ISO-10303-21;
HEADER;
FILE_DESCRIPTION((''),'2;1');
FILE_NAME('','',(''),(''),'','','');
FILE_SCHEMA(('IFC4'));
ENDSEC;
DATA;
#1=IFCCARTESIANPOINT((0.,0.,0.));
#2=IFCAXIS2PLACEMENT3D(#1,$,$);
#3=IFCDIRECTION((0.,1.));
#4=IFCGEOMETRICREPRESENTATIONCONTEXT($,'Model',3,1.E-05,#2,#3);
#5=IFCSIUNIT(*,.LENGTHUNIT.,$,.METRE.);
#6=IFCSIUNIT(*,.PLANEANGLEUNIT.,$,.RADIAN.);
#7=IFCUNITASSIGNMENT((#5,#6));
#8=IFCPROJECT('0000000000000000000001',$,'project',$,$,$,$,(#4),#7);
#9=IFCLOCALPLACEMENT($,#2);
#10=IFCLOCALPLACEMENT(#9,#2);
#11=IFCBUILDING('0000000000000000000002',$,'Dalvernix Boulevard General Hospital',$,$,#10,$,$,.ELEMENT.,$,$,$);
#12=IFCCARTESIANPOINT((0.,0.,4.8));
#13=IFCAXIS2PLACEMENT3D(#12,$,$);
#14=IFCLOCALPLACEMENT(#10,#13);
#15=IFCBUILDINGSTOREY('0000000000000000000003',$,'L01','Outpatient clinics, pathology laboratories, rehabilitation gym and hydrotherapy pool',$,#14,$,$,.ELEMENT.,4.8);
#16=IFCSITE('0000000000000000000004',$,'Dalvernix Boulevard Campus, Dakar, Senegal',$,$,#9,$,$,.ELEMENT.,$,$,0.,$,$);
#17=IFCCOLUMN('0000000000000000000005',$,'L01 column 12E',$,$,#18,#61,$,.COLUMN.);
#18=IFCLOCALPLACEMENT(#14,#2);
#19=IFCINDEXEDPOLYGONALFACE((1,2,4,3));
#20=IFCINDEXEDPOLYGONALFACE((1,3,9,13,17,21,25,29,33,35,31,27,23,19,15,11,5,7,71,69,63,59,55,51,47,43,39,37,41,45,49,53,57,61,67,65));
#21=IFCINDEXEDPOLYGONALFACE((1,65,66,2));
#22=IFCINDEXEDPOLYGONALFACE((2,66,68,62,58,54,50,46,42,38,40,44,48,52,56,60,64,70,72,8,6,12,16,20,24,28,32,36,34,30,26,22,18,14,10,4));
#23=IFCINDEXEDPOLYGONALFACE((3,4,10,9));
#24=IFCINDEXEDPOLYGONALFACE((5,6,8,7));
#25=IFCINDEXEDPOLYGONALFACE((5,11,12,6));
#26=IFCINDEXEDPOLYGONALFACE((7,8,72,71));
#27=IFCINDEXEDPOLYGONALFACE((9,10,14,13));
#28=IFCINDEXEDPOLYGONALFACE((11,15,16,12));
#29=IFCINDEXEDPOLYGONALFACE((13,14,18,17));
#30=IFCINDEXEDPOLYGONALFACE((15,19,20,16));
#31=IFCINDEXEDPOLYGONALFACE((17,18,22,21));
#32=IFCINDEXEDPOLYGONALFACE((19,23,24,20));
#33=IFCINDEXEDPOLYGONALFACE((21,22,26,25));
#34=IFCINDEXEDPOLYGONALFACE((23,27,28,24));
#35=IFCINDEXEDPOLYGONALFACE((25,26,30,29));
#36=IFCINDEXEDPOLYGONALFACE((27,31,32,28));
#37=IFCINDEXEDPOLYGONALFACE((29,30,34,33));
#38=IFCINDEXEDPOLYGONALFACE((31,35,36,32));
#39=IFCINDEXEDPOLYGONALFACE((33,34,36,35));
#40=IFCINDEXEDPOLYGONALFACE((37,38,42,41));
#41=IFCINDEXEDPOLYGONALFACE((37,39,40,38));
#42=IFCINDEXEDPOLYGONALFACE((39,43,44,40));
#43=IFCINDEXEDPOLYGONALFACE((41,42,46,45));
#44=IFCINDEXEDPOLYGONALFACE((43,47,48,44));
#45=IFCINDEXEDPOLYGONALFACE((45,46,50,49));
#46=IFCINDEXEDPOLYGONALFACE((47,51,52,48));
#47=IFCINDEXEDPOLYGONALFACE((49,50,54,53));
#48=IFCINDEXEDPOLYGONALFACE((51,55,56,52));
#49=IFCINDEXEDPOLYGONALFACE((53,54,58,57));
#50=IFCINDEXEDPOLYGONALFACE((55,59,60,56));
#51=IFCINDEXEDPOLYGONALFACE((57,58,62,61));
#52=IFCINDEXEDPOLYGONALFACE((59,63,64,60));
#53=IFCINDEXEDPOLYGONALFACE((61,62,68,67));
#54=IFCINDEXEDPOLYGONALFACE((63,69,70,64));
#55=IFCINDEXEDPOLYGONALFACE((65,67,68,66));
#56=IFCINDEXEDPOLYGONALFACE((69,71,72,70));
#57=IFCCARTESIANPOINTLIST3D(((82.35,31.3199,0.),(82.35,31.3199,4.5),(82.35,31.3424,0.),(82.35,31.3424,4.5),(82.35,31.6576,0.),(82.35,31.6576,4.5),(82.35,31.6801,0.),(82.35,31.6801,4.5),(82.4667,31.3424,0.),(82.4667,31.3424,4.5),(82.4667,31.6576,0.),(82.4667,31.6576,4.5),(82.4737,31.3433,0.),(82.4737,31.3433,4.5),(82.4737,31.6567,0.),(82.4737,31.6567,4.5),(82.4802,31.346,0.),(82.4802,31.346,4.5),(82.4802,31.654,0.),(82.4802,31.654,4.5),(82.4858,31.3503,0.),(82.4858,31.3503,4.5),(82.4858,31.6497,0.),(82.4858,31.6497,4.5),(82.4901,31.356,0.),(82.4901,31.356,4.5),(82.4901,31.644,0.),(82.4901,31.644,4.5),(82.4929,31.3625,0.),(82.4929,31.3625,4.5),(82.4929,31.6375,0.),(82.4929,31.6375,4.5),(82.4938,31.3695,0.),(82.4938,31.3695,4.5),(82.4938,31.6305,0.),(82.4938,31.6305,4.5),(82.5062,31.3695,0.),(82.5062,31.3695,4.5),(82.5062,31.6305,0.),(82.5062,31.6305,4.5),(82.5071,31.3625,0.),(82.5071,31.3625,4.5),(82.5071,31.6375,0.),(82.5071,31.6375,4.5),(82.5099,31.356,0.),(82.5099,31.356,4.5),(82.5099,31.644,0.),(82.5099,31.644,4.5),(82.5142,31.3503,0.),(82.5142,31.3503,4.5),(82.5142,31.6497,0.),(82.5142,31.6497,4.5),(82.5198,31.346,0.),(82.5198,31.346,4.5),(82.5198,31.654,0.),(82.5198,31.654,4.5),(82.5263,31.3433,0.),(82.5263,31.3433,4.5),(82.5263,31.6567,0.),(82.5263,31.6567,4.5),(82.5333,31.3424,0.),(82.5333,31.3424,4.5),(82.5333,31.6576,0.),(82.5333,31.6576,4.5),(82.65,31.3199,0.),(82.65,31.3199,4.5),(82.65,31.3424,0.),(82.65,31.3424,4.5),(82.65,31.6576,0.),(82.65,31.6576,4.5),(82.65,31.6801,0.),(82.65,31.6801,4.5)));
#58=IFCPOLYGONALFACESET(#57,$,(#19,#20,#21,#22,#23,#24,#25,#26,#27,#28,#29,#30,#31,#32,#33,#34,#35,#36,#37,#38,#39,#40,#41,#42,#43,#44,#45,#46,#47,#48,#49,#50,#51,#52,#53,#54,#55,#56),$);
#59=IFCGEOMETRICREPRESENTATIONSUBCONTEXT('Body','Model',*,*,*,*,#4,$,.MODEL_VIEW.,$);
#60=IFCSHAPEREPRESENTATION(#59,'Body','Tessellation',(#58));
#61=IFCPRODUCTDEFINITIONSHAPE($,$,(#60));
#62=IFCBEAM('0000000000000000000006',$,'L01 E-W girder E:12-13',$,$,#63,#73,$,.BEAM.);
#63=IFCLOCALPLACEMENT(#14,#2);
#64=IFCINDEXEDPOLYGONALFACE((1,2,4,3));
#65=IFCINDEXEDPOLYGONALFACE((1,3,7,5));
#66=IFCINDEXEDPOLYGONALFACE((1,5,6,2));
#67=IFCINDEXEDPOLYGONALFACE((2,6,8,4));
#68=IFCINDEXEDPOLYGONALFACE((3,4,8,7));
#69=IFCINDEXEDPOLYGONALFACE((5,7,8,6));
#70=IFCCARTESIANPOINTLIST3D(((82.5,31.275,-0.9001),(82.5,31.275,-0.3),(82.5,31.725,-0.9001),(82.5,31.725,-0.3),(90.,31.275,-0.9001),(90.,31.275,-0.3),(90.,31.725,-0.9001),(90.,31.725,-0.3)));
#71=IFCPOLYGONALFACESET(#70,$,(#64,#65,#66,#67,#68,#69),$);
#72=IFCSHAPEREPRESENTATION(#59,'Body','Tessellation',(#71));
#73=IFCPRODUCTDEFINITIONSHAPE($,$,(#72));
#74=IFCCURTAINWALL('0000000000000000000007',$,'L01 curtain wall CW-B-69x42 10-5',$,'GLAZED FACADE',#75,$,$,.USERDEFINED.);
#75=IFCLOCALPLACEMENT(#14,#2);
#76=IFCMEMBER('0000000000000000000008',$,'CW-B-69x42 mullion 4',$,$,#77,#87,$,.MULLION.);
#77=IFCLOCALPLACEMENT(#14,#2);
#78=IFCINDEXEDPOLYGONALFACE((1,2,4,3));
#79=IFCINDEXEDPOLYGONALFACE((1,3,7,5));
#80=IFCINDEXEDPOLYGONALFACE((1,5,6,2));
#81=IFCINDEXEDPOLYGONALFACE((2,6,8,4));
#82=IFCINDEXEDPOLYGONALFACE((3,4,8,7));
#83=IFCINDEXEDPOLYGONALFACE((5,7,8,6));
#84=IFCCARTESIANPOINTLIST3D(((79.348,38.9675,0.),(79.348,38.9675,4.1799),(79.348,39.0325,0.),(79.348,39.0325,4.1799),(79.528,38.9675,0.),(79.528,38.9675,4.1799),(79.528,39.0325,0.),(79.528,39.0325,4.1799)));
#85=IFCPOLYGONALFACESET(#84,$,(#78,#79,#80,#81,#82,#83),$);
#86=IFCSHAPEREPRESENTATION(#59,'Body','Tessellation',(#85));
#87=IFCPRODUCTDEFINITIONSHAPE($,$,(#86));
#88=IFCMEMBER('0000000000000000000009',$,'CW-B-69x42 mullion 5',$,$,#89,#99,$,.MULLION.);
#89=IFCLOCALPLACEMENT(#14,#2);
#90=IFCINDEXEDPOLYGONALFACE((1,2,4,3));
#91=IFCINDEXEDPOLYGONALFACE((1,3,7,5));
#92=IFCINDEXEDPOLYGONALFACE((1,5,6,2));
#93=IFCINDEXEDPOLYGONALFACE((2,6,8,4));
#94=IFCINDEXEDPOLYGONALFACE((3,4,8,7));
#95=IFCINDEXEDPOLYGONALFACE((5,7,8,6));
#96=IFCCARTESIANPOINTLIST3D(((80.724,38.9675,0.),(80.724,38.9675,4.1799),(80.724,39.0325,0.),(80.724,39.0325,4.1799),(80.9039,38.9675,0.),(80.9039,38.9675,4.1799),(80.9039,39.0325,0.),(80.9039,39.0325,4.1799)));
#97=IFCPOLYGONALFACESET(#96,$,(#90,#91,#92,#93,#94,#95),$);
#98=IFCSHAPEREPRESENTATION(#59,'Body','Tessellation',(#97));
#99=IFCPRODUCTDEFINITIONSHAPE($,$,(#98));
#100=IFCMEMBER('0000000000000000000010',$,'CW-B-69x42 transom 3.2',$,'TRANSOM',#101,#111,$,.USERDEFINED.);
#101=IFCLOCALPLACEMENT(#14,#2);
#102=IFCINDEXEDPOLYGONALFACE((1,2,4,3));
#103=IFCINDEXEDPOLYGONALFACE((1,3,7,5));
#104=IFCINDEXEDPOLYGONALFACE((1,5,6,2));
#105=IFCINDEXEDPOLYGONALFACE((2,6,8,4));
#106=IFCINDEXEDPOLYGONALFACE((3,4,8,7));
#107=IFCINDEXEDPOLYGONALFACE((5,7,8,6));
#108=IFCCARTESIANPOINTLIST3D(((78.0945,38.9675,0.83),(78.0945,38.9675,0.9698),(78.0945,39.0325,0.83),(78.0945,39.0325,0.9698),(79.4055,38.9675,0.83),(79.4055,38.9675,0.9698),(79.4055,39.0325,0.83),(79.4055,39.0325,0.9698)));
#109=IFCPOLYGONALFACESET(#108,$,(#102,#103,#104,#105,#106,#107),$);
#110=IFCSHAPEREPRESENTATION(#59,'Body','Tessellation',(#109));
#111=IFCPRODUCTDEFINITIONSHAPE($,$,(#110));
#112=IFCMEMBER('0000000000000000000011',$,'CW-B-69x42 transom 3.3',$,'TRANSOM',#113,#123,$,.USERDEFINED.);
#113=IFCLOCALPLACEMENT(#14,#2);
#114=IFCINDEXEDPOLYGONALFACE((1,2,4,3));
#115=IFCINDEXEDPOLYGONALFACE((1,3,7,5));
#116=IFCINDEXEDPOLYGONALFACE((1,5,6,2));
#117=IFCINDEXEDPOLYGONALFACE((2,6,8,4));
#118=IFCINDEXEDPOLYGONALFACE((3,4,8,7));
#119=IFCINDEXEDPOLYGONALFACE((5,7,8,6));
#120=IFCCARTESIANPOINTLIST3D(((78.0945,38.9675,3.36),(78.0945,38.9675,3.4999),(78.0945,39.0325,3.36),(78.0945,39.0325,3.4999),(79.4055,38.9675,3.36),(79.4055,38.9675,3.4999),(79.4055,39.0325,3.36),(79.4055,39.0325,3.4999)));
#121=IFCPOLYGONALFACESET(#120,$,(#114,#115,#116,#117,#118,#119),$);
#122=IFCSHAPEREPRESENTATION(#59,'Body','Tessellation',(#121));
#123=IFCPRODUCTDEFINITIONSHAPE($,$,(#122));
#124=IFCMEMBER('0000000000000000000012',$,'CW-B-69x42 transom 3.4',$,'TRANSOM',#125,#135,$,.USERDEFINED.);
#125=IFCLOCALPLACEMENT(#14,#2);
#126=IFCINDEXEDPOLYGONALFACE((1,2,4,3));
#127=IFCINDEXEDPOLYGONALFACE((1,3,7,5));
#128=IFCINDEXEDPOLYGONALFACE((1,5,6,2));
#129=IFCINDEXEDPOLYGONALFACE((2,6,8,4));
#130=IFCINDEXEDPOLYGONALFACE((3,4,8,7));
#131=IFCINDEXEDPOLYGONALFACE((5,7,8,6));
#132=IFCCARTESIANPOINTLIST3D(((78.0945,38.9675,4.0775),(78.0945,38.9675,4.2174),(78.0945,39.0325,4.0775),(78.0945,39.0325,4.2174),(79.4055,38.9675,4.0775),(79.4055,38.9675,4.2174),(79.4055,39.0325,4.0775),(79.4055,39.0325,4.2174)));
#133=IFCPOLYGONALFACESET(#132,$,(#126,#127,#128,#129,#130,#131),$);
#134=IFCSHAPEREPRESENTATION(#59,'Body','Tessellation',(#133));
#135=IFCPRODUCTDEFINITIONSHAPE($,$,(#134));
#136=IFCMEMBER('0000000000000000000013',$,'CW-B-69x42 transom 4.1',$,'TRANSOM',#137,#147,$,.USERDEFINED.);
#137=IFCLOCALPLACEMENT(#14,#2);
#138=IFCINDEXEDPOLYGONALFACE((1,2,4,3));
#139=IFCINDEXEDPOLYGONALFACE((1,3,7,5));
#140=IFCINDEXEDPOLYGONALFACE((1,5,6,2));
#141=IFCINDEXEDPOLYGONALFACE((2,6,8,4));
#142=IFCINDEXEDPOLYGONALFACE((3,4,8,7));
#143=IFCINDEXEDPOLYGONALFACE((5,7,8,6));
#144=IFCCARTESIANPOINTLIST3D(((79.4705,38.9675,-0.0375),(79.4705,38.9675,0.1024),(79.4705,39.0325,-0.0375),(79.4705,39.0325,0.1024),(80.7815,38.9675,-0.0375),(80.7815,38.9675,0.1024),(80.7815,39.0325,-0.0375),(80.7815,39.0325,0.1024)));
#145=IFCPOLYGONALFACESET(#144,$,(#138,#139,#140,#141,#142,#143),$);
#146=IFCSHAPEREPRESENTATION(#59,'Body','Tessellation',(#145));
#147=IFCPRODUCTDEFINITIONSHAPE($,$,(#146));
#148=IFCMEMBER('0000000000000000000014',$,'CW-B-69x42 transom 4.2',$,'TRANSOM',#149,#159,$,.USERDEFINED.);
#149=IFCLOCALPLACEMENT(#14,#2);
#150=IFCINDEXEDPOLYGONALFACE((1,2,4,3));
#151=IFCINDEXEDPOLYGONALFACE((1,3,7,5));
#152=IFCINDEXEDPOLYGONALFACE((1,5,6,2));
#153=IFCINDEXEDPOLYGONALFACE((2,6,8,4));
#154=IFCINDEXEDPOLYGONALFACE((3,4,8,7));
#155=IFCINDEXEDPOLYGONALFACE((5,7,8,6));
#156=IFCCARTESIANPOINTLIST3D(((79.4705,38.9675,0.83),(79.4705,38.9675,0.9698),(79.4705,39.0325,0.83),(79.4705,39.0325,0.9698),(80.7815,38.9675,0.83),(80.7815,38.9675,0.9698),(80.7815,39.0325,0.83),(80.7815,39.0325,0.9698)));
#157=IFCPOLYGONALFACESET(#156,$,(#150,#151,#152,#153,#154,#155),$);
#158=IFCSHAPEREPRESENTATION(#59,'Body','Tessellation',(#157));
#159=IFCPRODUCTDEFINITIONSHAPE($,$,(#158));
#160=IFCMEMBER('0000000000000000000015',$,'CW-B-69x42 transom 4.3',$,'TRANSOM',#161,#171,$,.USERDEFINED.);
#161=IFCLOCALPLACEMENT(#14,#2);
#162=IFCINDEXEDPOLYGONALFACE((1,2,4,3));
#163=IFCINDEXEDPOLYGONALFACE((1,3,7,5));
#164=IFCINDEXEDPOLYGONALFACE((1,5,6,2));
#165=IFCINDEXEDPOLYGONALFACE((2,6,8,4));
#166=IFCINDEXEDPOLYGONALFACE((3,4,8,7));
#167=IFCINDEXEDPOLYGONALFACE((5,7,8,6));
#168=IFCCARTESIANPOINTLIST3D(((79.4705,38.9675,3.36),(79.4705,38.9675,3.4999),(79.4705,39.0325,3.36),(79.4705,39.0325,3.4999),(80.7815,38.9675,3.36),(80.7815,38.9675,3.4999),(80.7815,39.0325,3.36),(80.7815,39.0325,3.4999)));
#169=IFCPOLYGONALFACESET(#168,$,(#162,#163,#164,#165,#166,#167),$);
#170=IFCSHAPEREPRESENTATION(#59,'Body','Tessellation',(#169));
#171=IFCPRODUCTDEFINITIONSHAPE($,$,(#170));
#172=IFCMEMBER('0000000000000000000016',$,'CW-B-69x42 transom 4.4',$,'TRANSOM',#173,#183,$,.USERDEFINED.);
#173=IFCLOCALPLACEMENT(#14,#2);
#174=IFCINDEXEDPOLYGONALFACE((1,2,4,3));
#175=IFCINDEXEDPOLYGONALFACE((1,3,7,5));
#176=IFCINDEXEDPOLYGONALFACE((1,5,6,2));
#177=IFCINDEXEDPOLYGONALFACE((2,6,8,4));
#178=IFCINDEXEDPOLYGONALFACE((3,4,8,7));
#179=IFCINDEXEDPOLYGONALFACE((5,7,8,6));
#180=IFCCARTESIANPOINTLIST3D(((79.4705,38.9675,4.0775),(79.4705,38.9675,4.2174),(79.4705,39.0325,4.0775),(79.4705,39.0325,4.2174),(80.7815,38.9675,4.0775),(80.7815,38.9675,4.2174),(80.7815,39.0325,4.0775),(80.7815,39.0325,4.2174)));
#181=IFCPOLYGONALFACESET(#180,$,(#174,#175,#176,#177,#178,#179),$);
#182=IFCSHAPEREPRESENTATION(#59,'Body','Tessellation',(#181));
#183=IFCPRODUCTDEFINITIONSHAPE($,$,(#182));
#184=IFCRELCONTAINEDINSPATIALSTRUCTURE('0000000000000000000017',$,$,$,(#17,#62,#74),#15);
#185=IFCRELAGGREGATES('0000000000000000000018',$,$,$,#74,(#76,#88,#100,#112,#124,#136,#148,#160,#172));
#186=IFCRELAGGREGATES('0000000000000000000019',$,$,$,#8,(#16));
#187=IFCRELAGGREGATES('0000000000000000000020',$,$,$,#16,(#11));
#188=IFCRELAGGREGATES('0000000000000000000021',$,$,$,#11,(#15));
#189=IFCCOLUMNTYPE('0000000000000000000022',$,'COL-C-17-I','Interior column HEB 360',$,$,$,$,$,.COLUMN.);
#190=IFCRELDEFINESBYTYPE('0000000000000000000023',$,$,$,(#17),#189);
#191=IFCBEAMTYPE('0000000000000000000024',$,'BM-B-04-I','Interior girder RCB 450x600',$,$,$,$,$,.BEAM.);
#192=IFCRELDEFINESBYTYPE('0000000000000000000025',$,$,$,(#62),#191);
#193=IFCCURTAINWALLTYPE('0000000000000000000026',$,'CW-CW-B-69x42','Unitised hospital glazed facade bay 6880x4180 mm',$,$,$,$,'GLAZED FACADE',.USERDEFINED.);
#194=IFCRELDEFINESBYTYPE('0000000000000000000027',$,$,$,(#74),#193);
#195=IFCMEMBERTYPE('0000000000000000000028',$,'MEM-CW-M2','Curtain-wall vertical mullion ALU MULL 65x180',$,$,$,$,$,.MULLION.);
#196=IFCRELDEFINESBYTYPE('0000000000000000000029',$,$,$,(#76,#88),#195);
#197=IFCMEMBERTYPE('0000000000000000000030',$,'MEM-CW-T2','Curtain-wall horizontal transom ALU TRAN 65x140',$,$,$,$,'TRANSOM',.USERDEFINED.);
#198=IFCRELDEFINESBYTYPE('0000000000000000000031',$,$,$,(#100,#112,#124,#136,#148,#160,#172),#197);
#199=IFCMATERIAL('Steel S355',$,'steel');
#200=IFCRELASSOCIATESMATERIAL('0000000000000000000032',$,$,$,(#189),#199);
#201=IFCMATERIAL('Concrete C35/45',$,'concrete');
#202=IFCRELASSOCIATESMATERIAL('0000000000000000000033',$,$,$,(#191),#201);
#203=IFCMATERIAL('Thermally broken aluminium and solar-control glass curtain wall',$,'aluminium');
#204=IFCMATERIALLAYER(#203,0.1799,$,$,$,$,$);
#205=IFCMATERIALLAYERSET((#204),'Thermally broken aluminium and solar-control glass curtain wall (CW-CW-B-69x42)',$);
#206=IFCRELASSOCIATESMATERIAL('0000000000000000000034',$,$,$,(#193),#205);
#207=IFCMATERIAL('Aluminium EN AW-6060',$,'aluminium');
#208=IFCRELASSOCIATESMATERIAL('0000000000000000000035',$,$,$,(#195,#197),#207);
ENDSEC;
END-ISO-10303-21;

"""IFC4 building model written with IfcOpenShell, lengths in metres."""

from ifc_helpers import new_model, si_unit, direction, frame, origin, origin_2d, place, context, subcontext, project, spatial, rectangle, i_section, extrude, material, layer, layer_set, material_profile, profile_set, type_object, element, aggregate, save


model = new_model("IFC4")

# Units and contexts
model_context = context("Model", 3, precision=1e-05, world=origin(), true_north=direction((0.0, 1.0)))
body_context = subcontext(model_context, "Body", "Model", "MODEL_VIEW")
ifc_project = project(units=[si_unit("LENGTHUNIT", "METRE"), si_unit("PLANEANGLEUNIT", "RADIAN")], contexts=[model_context])

# Site, building, storey
site_placement = place(None, origin())
site = spatial("IfcSite", under=ifc_project, at=site_placement, Name="Dalvernix Boulevard Campus, Dakar, Senegal", CompositionType="ELEMENT", RefElevation=0.0)
building_placement = place(site_placement, origin())
building = spatial("IfcBuilding", under=site, at=building_placement, Name="Dalvernix Boulevard General Hospital", CompositionType="ELEMENT")
storey_placement = place(building_placement, frame((0.0, 0.0, 4.8)))
storey = spatial("IfcBuildingStorey", under=building, at=storey_placement, Name="L01", Description="Outpatient clinics, pathology laboratories, rehabilitation gym and hydrotherapy pool", CompositionType="ELEMENT", Elevation=4.8)

# Column
ifc_material_1 = material(Name="Steel S355", Category="steel")
ifc_material_profile_1 = material_profile(ifc_material_1, i_section(OverallWidth=0.3, OverallDepth=0.3601, WebThickness=0.0125, FlangeThickness=0.0225, FilletRadius=0.0271, at=origin_2d()), Name="HEB 360")
ifc_profile_set_1 = profile_set([ifc_material_profile_1], Name="Steel S355")
column_type = type_object("IfcColumnType", Name="COL-C-17-I", Description="Interior column HEB 360", PredefinedType="COLUMN", material=ifc_profile_set_1)
column_placement = place(storey_placement, frame((82.5, 31.5, 0.0), z_axis=(0.0, 0.0, 1.0), x_axis=(1.0, 0.0, 0.0)))
element("IfcColumn", 1, at=column_placement, inside=storey, type_object=column_type, Name="L01 column 12E", PredefinedType="COLUMN", context=body_context, shape_type="SweptSolid", body=[
    extrude(i_section(OverallWidth=0.3, OverallDepth=0.3601, WebThickness=0.0125, FlangeThickness=0.0225, FilletRadius=0.0271, at=origin_2d()), origin(), (0.0, 0.0, 1.0), 4.5),
])

# Beam
ifc_material_2 = material(Name="Concrete C35/45", Category="concrete")
ifc_material_profile_2 = material_profile(ifc_material_2, rectangle(XDim=0.45, YDim=0.6001, at=origin_2d()), Name="RCB 450x600")
ifc_profile_set_2 = profile_set([ifc_material_profile_2], Name="Concrete C35/45")
beam_type = type_object("IfcBeamType", Name="BM-B-04-I", Description="Interior girder RCB 450x600", PredefinedType="BEAM", material=ifc_profile_set_2)
beam_placement = place(storey_placement, frame((82.5, 31.5, -0.6001), z_axis=(1.0, 0.0, 0.0), x_axis=(0.0, 1.0, 0.0)))
element("IfcBeam", 2, at=beam_placement, inside=storey, type_object=beam_type, Name="L01 E-W girder E:12-13", PredefinedType="BEAM", context=body_context, shape_type="SweptSolid", body=[
    extrude(rectangle(XDim=0.45, YDim=0.6001, at=origin_2d()), origin(), (0.0, 0.0, 1.0), 7.5),
])

# Curtain wall, members
ifc_material_3 = material(Name="Thermally broken aluminium and solar-control glass curtain wall", Category="aluminium")
ifc_layer_1 = layer(ifc_material_3, 0.1799)
ifc_layer_set_1 = layer_set([ifc_layer_1], Name="Thermally broken aluminium and solar-control glass curtain wall (CW-CW-B-69x42)")
curtain_wall_type = type_object("IfcCurtainWallType", Name="CW-CW-B-69x42", Description="Unitised hospital glazed facade bay 6880x4180 mm", ElementType="GLAZED FACADE", PredefinedType="USERDEFINED", material=ifc_layer_set_1)
curtain_wall_placement = place(storey_placement, origin())
curtain_wall = element("IfcCurtainWall", 3, at=curtain_wall_placement, inside=storey, type_object=curtain_wall_type, Name="L01 curtain wall CW-B-69x42 10-5", ObjectType="GLAZED FACADE", PredefinedType="USERDEFINED")
ifc_material_4 = material(Name="Aluminium EN AW-6060", Category="aluminium")
ifc_material_profile_3 = material_profile(ifc_material_4, rectangle(XDim=0.0649, YDim=0.1799, at=origin_2d()), Name="ALU MULL 65x180")
ifc_profile_set_3 = profile_set([ifc_material_profile_3], Name="Aluminium EN AW-6060")
member_type_1 = type_object("IfcMemberType", Name="MEM-CW-M2", Description="Curtain-wall vertical mullion ALU MULL 65x180", PredefinedType="MULLION", material=ifc_profile_set_3)
member_1_placement = place(storey_placement, frame((79.438, 39.0, 0.0), z_axis=(0.0, 0.0, 1.0), x_axis=(0.0, 1.0, 0.0)))
member_1 = element("IfcMember", 4, at=member_1_placement, type_object=member_type_1, Name="CW-B-69x42 mullion 4", PredefinedType="MULLION", context=body_context, shape_type="SweptSolid", body=[
    extrude(rectangle(XDim=0.0649, YDim=0.1799, at=origin_2d()), origin(), (0.0, 0.0, 1.0), 4.1799),
])
member_2_placement = place(storey_placement, frame((80.814, 39.0, 0.0), z_axis=(0.0, 0.0, 1.0), x_axis=(0.0, 1.0, 0.0)))
member_2 = element("IfcMember", 5, at=member_2_placement, type_object=member_type_1, Name="CW-B-69x42 mullion 5", PredefinedType="MULLION", context=body_context, shape_type="SweptSolid", body=[
    extrude(rectangle(XDim=0.0649, YDim=0.1799, at=origin_2d()), origin(), (0.0, 0.0, 1.0), 4.1799),
])
ifc_material_profile_4 = material_profile(ifc_material_4, rectangle(XDim=0.0649, YDim=0.1399, at=origin_2d()), Name="ALU TRAN 65x140")
ifc_profile_set_4 = profile_set([ifc_material_profile_4], Name="Aluminium EN AW-6060")
member_type_2 = type_object("IfcMemberType", Name="MEM-CW-T2", Description="Curtain-wall horizontal transom ALU TRAN 65x140", ElementType="TRANSOM", PredefinedType="USERDEFINED", material=ifc_profile_set_4)
member_3_placement = place(storey_placement, frame((78.0945, 39.0, 0.8999), z_axis=(1.0, 0.0, 0.0), x_axis=(0.0, 1.0, 0.0)))
member_3 = element("IfcMember", 6, at=member_3_placement, type_object=member_type_2, Name="CW-B-69x42 transom 3.2", ObjectType="TRANSOM", PredefinedType="USERDEFINED", context=body_context, shape_type="SweptSolid", body=[
    extrude(rectangle(XDim=0.0649, YDim=0.1399, at=origin_2d()), origin(), (0.0, 0.0, 1.0), 1.311),
])
member_4_placement = place(storey_placement, frame((78.0945, 39.0, 3.4299), z_axis=(1.0, 0.0, 0.0), x_axis=(0.0, 1.0, 0.0)))
member_4 = element("IfcMember", 7, at=member_4_placement, type_object=member_type_2, Name="CW-B-69x42 transom 3.3", ObjectType="TRANSOM", PredefinedType="USERDEFINED", context=body_context, shape_type="SweptSolid", body=[
    extrude(rectangle(XDim=0.0649, YDim=0.1399, at=origin_2d()), origin(), (0.0, 0.0, 1.0), 1.311),
])
member_5_placement = place(storey_placement, frame((78.0945, 39.0, 4.1475), z_axis=(1.0, 0.0, 0.0), x_axis=(0.0, 1.0, 0.0)))
member_5 = element("IfcMember", 8, at=member_5_placement, type_object=member_type_2, Name="CW-B-69x42 transom 3.4", ObjectType="TRANSOM", PredefinedType="USERDEFINED", context=body_context, shape_type="SweptSolid", body=[
    extrude(rectangle(XDim=0.0649, YDim=0.1399, at=origin_2d()), origin(), (0.0, 0.0, 1.0), 1.311),
])
member_6_placement = place(storey_placement, frame((79.4705, 39.0, 0.0325), z_axis=(1.0, 0.0, 0.0), x_axis=(0.0, 1.0, 0.0)))
member_6 = element("IfcMember", 9, at=member_6_placement, type_object=member_type_2, Name="CW-B-69x42 transom 4.1", ObjectType="TRANSOM", PredefinedType="USERDEFINED", context=body_context, shape_type="SweptSolid", body=[
    extrude(rectangle(XDim=0.0649, YDim=0.1399, at=origin_2d()), origin(), (0.0, 0.0, 1.0), 1.311),
])
member_7_placement = place(storey_placement, frame((79.4705, 39.0, 0.8999), z_axis=(1.0, 0.0, 0.0), x_axis=(0.0, 1.0, 0.0)))
member_7 = element("IfcMember", 10, at=member_7_placement, type_object=member_type_2, Name="CW-B-69x42 transom 4.2", ObjectType="TRANSOM", PredefinedType="USERDEFINED", context=body_context, shape_type="SweptSolid", body=[
    extrude(rectangle(XDim=0.0649, YDim=0.1399, at=origin_2d()), origin(), (0.0, 0.0, 1.0), 1.311),
])
member_8_placement = place(storey_placement, frame((79.4705, 39.0, 3.4299), z_axis=(1.0, 0.0, 0.0), x_axis=(0.0, 1.0, 0.0)))
member_8 = element("IfcMember", 11, at=member_8_placement, type_object=member_type_2, Name="CW-B-69x42 transom 4.3", ObjectType="TRANSOM", PredefinedType="USERDEFINED", context=body_context, shape_type="SweptSolid", body=[
    extrude(rectangle(XDim=0.0649, YDim=0.1399, at=origin_2d()), origin(), (0.0, 0.0, 1.0), 1.311),
])
member_9_placement = place(storey_placement, frame((79.4705, 39.0, 4.1475), z_axis=(1.0, 0.0, 0.0), x_axis=(0.0, 1.0, 0.0)))
member_9 = element("IfcMember", 12, at=member_9_placement, type_object=member_type_2, Name="CW-B-69x42 transom 4.4", ObjectType="TRANSOM", PredefinedType="USERDEFINED", context=body_context, shape_type="SweptSolid", body=[
    extrude(rectangle(XDim=0.0649, YDim=0.1399, at=origin_2d()), origin(), (0.0, 0.0, 1.0), 1.311),
])
aggregate(curtain_wall, [member_1, member_2, member_3, member_4, member_5, member_6, member_7, member_8, member_9])

save(model, "model.ifc")
